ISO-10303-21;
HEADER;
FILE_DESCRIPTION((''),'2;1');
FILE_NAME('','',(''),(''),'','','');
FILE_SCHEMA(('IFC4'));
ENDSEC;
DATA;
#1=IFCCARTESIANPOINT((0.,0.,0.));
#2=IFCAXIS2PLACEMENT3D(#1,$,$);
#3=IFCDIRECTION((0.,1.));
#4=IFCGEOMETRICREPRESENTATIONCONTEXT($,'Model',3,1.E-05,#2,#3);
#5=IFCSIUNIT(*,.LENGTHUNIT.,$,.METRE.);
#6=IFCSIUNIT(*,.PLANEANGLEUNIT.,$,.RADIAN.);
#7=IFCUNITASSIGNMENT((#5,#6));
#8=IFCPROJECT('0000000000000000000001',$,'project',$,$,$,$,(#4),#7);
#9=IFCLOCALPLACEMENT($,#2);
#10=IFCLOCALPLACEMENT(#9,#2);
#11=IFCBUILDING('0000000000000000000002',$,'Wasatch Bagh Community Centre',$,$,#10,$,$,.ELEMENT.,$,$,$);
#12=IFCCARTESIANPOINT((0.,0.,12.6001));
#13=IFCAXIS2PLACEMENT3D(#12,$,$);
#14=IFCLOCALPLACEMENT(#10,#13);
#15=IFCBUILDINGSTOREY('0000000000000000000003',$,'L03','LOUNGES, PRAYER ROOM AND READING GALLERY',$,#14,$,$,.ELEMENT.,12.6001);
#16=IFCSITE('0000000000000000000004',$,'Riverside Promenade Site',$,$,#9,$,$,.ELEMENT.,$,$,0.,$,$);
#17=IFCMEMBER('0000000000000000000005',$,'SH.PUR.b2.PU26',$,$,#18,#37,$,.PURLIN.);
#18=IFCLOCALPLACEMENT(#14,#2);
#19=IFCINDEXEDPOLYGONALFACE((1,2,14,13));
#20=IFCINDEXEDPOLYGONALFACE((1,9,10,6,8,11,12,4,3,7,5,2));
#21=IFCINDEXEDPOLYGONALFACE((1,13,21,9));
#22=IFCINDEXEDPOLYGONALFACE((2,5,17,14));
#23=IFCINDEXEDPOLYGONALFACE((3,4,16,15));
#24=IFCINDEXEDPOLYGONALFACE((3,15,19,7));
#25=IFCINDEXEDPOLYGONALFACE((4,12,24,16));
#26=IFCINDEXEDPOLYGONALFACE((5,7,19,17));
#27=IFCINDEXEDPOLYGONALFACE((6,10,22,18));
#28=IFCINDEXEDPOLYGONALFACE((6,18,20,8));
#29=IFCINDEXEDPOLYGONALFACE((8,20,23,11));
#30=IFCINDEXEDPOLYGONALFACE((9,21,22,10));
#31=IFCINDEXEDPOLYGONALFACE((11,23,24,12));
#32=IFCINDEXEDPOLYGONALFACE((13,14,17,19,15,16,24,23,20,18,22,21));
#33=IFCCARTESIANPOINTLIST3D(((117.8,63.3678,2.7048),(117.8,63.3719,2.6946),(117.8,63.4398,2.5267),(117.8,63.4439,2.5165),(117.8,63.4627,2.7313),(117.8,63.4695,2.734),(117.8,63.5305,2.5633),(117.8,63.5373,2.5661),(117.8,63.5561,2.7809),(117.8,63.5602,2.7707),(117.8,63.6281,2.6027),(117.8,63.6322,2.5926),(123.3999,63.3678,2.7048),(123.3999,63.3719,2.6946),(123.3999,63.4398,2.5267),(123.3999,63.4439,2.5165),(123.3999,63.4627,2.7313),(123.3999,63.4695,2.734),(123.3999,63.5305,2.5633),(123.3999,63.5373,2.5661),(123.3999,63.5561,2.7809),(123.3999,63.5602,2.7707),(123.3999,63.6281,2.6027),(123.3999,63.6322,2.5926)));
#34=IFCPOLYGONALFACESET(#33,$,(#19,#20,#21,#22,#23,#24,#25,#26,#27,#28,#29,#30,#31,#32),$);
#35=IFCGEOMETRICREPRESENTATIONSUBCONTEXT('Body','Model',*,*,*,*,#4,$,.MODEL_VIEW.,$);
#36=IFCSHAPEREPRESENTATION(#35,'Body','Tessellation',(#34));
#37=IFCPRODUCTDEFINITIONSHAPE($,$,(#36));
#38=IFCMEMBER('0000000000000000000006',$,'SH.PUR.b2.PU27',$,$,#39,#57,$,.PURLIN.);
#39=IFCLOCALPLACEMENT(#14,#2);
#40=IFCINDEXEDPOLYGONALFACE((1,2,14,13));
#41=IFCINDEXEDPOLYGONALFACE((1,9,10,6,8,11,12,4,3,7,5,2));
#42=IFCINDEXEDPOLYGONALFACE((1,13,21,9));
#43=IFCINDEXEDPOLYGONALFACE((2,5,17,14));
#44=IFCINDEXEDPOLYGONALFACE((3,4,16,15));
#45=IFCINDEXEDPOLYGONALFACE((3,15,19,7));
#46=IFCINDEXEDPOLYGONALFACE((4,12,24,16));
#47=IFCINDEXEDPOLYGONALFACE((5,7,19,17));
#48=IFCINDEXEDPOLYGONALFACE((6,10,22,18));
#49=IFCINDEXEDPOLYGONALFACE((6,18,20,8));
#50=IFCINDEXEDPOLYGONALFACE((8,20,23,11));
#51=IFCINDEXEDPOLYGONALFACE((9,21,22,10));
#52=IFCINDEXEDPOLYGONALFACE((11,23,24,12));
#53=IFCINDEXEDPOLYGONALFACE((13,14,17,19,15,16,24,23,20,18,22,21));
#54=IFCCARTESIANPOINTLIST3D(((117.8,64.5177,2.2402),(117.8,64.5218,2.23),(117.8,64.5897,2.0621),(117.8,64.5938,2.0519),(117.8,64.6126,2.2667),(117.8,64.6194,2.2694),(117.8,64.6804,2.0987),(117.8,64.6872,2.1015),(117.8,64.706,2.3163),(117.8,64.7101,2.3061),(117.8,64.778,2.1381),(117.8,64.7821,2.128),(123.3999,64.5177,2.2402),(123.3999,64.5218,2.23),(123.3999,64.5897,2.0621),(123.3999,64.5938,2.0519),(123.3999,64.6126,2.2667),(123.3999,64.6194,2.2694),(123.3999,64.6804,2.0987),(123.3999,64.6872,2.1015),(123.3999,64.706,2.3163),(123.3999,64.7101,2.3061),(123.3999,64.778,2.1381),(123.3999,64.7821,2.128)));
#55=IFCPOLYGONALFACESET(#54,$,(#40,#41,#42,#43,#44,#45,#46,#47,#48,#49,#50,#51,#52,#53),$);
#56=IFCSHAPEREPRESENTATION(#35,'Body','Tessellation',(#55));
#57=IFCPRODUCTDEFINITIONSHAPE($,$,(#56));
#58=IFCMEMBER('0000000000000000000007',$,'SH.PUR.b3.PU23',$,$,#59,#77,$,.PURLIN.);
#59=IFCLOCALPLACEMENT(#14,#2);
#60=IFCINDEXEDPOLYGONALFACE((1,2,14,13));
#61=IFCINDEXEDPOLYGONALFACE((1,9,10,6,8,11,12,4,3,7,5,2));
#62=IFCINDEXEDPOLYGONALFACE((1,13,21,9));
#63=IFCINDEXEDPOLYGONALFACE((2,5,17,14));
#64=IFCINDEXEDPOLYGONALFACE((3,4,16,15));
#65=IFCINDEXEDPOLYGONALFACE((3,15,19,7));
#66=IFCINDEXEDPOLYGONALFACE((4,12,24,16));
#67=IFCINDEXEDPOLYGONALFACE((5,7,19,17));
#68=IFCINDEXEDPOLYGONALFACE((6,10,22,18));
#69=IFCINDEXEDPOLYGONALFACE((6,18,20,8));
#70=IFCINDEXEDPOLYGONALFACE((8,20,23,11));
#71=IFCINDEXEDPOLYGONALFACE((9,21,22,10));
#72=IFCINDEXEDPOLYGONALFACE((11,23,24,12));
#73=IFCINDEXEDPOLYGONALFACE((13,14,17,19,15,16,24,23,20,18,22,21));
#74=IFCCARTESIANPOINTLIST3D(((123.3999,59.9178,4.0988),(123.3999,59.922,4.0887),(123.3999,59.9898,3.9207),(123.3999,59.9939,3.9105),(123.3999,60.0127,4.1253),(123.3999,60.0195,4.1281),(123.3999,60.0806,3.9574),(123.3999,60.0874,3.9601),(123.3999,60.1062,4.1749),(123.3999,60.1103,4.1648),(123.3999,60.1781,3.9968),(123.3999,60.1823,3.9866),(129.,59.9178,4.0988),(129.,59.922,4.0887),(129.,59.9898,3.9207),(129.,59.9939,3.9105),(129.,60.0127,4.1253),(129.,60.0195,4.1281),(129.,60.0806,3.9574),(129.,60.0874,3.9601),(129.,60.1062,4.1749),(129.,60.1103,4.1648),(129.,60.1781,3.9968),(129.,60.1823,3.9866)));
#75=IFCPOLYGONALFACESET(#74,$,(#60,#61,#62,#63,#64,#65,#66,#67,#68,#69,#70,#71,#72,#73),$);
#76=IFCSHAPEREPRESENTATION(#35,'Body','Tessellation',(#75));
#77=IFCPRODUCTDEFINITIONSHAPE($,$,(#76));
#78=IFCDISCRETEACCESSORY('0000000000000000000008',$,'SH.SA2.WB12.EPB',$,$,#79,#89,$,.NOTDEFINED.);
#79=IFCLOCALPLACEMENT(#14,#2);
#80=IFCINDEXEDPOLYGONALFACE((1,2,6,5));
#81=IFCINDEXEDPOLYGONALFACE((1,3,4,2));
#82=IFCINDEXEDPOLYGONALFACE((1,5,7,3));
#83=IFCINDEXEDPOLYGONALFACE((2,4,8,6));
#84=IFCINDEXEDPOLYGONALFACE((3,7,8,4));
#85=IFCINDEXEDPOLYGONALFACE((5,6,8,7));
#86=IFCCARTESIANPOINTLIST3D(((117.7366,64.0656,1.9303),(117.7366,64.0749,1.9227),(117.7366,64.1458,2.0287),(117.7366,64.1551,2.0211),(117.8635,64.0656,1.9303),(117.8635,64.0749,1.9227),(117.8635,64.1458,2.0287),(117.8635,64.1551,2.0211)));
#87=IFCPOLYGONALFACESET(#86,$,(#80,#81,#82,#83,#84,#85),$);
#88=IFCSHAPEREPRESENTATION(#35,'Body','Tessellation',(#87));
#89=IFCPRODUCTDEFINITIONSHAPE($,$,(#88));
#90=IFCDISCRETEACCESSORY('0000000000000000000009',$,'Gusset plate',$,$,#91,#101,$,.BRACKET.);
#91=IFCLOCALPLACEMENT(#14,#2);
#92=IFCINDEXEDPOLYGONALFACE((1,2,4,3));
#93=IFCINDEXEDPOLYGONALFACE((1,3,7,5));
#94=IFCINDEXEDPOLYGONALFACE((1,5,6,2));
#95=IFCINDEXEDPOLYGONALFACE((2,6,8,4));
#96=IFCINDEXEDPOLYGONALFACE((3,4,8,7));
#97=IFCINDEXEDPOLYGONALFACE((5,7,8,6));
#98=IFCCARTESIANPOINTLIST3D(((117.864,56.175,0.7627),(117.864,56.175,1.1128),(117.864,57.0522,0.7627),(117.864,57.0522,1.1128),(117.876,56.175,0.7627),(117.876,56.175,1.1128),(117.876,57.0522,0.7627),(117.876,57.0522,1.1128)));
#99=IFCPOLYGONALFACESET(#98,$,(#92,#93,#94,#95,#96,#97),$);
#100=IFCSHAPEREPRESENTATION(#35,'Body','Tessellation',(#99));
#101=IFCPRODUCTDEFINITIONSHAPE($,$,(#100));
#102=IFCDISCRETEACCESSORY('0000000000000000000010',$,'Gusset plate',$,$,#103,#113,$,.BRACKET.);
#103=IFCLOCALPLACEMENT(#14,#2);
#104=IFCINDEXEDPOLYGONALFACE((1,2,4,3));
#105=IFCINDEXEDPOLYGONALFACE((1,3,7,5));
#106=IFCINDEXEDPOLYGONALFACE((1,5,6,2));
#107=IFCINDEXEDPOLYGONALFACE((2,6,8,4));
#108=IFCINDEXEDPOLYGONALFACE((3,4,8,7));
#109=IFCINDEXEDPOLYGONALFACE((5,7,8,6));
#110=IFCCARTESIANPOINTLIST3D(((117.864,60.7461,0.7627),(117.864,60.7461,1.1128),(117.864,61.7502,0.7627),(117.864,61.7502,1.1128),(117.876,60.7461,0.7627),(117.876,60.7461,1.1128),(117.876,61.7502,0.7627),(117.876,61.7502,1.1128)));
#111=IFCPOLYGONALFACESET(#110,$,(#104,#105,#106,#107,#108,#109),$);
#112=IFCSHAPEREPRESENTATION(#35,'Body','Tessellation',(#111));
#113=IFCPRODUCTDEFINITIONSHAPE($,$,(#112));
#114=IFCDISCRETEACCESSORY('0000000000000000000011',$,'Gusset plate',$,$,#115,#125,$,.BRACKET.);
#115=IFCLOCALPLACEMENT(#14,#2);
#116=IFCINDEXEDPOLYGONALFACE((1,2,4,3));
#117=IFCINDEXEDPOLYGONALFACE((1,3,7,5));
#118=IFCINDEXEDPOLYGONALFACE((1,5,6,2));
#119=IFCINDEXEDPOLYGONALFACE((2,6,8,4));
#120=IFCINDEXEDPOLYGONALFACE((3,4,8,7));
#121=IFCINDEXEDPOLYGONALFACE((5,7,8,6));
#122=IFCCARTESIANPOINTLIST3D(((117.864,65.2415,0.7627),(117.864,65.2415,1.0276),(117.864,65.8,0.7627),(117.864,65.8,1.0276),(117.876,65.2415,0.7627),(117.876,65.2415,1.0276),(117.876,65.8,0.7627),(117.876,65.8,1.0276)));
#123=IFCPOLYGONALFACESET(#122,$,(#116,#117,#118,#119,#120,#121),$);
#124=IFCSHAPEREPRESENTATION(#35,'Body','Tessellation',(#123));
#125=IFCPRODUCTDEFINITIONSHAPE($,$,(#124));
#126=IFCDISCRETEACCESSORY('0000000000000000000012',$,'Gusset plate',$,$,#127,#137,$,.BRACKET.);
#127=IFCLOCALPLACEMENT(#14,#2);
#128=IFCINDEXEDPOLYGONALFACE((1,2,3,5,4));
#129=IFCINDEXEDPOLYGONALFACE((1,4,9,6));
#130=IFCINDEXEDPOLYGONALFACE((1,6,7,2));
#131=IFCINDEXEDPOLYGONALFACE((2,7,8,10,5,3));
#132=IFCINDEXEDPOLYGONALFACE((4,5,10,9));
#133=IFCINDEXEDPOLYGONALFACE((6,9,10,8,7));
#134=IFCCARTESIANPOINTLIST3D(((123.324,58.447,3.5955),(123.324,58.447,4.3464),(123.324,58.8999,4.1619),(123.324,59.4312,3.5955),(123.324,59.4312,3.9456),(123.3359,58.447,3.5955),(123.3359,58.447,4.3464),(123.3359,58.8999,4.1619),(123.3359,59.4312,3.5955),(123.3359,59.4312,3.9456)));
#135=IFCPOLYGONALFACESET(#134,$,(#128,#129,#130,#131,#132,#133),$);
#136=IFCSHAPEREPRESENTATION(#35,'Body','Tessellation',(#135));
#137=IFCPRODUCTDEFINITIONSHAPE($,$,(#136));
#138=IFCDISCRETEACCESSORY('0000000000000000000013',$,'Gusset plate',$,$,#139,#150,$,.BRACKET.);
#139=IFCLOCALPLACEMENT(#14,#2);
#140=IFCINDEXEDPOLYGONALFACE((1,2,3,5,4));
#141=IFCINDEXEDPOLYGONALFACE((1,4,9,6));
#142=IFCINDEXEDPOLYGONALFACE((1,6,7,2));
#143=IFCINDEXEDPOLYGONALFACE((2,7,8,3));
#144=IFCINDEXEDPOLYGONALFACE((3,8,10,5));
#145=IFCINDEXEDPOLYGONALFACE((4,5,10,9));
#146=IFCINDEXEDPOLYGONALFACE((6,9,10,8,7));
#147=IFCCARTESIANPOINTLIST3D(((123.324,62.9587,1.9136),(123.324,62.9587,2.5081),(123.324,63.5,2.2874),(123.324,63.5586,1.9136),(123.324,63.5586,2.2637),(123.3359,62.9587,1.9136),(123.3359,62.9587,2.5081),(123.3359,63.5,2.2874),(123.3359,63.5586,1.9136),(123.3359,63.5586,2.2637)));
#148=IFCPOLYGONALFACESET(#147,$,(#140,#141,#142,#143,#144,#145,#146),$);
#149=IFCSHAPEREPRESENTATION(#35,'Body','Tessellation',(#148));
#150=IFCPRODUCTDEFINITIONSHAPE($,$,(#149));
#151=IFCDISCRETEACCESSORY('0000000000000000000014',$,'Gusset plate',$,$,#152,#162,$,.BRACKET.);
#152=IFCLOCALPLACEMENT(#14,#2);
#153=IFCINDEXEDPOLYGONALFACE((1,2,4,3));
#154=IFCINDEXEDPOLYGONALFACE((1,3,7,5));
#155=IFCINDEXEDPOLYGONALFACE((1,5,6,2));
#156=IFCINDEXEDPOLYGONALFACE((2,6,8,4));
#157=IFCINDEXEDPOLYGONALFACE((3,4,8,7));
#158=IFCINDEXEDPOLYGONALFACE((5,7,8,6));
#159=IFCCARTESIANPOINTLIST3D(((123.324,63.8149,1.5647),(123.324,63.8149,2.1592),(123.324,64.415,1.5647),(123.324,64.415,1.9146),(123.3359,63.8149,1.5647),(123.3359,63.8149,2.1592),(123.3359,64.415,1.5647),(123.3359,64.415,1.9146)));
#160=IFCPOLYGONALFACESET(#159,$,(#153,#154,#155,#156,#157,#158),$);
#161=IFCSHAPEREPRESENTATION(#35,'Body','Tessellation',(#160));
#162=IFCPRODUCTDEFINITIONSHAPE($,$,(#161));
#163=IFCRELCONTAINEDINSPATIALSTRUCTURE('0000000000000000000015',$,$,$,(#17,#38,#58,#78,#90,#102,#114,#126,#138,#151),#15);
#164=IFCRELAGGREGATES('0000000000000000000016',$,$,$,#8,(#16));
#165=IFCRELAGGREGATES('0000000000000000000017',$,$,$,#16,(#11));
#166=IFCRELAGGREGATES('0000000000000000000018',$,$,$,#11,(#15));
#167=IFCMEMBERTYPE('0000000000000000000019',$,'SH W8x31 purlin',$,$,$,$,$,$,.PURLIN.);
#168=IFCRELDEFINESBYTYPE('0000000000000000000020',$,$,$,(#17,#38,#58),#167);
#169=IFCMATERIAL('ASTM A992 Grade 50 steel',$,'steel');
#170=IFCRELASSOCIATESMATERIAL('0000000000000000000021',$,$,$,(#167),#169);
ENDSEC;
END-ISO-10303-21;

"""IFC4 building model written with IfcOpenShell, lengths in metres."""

from ifc_helpers import new_model, si_unit, direction, frame, origin, origin_2d, place, context, subcontext, project, spatial, polyline, rectangle, i_section, outline, extrude, material, material_profile, profile_set, type_object, element, save


model = new_model("IFC4")

# Units and contexts
model_context = context("Model", 3, precision=1e-05, world=origin(), true_north=direction((0.0, 1.0)))
body_context = subcontext(model_context, "Body", "Model", "MODEL_VIEW")
ifc_project = project(units=[si_unit("LENGTHUNIT", "METRE"), si_unit("PLANEANGLEUNIT", "RADIAN")], contexts=[model_context])

# Site, building, storey
site_placement = place(None, origin())
site = spatial("IfcSite", under=ifc_project, at=site_placement, Name="Riverside Promenade Site", CompositionType="ELEMENT", RefElevation=0.0)
building_placement = place(site_placement, origin())
building = spatial("IfcBuilding", under=site, at=building_placement, Name="Wasatch Bagh Community Centre", CompositionType="ELEMENT")
storey_placement = place(building_placement, frame((0.0, 0.0, 12.6001)))
storey = spatial("IfcBuildingStorey", under=building, at=storey_placement, Name="L03", Description="LOUNGES, PRAYER ROOM AND READING GALLERY", CompositionType="ELEMENT", Elevation=12.6001)

# Members
ifc_material_1 = material(Name="ASTM A992 Grade 50 steel", Category="steel")
ifc_material_profile_1 = material_profile(ifc_material_1, i_section(OverallWidth=0.2031, OverallDepth=0.2031, WebThickness=0.0073, FlangeThickness=0.011, at=origin_2d()), Name="W8x31")
ifc_profile_set_1 = profile_set([ifc_material_profile_1], Name="ASTM A992 Grade 50 steel")
member_type_1 = type_object("IfcMemberType", Name="SH W8x31 purlin", PredefinedType="PURLIN", material=ifc_profile_set_1)
for number, where, z_axis, x_axis, name in (
    (1, (117.8, 63.5, 2.6487), (1.0, 0.0, 0.0), (0.0, 0.927184, 0.374607), "SH.PUR.b2.PU26"),
    (2, (117.8, 64.6499, 2.1841), (1.0, 0.0, 0.0), (0.0, 0.927184, 0.374607), "SH.PUR.b2.PU27"),
):
    element("IfcMember", number, at=place(storey_placement, frame(where, z_axis=z_axis, x_axis=x_axis)), inside=storey, type_object=member_type_1, Name=name, PredefinedType="PURLIN", context=body_context, shape_type="SweptSolid", body=[
        extrude(i_section(OverallWidth=0.2031, OverallDepth=0.2031, WebThickness=0.0073, FlangeThickness=0.011, at=origin_2d()), origin(), (0.0, 0.0, 1.0), 5.5999),
    ])
member_1_placement = place(storey_placement, frame((123.3999, 60.05, 4.0427), z_axis=(1.0, 0.0, 0.0), x_axis=(0.0, 0.927184, 0.374607)))
element("IfcMember", 3, at=member_1_placement, inside=storey, type_object=member_type_1, Name="SH.PUR.b3.PU23", PredefinedType="PURLIN", context=body_context, shape_type="SweptSolid", body=[
    extrude(i_section(OverallWidth=0.2031, OverallDepth=0.2031, WebThickness=0.0073, FlangeThickness=0.011, at=origin_2d()), origin(), (0.0, 0.0, 1.0), 5.6001),
])

# Discrete accessories
discrete_accessory_1_placement = place(storey_placement, frame((117.8, 64.115, 1.9719), z_axis=(0.0, -0.774865, 0.632127), x_axis=(1.0, 0.0, 0.0)))
element("IfcDiscreteAccessory", 4, at=discrete_accessory_1_placement, inside=storey, Name="SH.SA2.WB12.EPB", PredefinedType="NOTDEFINED", context=body_context, shape_type="SweptSolid", body=[
    extrude(rectangle(XDim=0.127, YDim=0.127, at=origin_2d()), origin(), (0.0, 0.0, 1.0), 0.012),
])
discrete_accessory_2_placement = place(storey_placement, frame((117.876, 56.175, 0.7627), z_axis=(1.0, 0.0, 0.0), x_axis=(0.0, 1.0, 0.0)))
element("IfcDiscreteAccessory", 5, at=discrete_accessory_2_placement, inside=storey, Name="Gusset plate", PredefinedType="BRACKET", context=body_context, shape_type="SweptSolid", body=[
    extrude(outline(polyline([(0.0, 0.0), (0.8772, 0.0), (0.8772, 0.3501), (0.0, 0.3501), (0.0, 0.0)])), origin(), (0.0, 0.0, -1.0), 0.012),
])
discrete_accessory_3_placement = place(storey_placement, frame((117.876, 60.7461, 0.7627), z_axis=(1.0, 0.0, 0.0), x_axis=(0.0, 1.0, 0.0)))
element("IfcDiscreteAccessory", 6, at=discrete_accessory_3_placement, inside=storey, Name="Gusset plate", PredefinedType="BRACKET", context=body_context, shape_type="SweptSolid", body=[
    extrude(outline(polyline([(0.0, 0.0), (1.0042, 0.0), (1.0042, 0.3501), (0.0, 0.3501), (0.0, 0.0)])), origin(), (0.0, 0.0, -1.0), 0.012),
])
discrete_accessory_4_placement = place(storey_placement, frame((117.876, 65.2415, 0.7627), z_axis=(1.0, 0.0, 0.0), x_axis=(0.0, 1.0, 0.0)))
element("IfcDiscreteAccessory", 7, at=discrete_accessory_4_placement, inside=storey, Name="Gusset plate", PredefinedType="BRACKET", context=body_context, shape_type="SweptSolid", body=[
    extrude(outline(polyline([(0.0, 0.0), (0.5586, 0.0), (0.5586, 0.2649), (0.0, 0.2649), (0.0, 0.0)])), origin(), (0.0, 0.0, -1.0), 0.012),
])
discrete_accessory_5_placement = place(storey_placement, frame((123.324, 58.447, 4.3464), z_axis=(-1.0, 0.0, 0.0), x_axis=(0.0, 0.926047, -0.377408)))
element("IfcDiscreteAccessory", 8, at=discrete_accessory_5_placement, inside=storey, Name="Gusset plate", PredefinedType="BRACKET", context=body_context, shape_type="SweptSolid", body=[
    extrude(outline(polyline([(0.0, 0.0), (0.489, 0.0), (1.0626, -0.0002), (1.1948, 0.324), (0.2834, 0.6954), (0.0, 0.0)])), origin(), (0.0, 0.0, -1.0), 0.012),
])
discrete_accessory_6_placement = place(storey_placement, frame((123.324, 62.9587, 2.5081), z_axis=(-1.0, 0.0, 0.0), x_axis=(0.0, 0.925979, -0.377575)))
element("IfcDiscreteAccessory", 9, at=discrete_accessory_6_placement, inside=storey, Name="Gusset plate", PredefinedType="BRACKET", context=body_context, shape_type="SweptSolid", body=[
    extrude(outline(polyline([(0.0, 0.0), (0.5845, 0.0), (0.6477, -0.0002), (0.7799, 0.324), (0.2245, 0.5505), (0.0, 0.0)])), origin(), (0.0, 0.0, -1.0), 0.012),
])
discrete_accessory_7_placement = place(storey_placement, frame((123.324, 63.8149, 2.1592), z_axis=(-1.0, 0.0, 0.0), x_axis=(0.0, 0.926014, -0.377488)))
element("IfcDiscreteAccessory", 10, at=discrete_accessory_7_placement, inside=storey, Name="Gusset plate", PredefinedType="BRACKET", context=body_context, shape_type="SweptSolid", body=[
    extrude(outline(polyline([(0.0, 0.0), (0.648, 0.0), (0.7801, 0.324), (0.2244, 0.5505), (0.0, 0.0)])), origin(), (0.0, 0.0, -1.0), 0.012),
])

save(model, "model.ifc")
